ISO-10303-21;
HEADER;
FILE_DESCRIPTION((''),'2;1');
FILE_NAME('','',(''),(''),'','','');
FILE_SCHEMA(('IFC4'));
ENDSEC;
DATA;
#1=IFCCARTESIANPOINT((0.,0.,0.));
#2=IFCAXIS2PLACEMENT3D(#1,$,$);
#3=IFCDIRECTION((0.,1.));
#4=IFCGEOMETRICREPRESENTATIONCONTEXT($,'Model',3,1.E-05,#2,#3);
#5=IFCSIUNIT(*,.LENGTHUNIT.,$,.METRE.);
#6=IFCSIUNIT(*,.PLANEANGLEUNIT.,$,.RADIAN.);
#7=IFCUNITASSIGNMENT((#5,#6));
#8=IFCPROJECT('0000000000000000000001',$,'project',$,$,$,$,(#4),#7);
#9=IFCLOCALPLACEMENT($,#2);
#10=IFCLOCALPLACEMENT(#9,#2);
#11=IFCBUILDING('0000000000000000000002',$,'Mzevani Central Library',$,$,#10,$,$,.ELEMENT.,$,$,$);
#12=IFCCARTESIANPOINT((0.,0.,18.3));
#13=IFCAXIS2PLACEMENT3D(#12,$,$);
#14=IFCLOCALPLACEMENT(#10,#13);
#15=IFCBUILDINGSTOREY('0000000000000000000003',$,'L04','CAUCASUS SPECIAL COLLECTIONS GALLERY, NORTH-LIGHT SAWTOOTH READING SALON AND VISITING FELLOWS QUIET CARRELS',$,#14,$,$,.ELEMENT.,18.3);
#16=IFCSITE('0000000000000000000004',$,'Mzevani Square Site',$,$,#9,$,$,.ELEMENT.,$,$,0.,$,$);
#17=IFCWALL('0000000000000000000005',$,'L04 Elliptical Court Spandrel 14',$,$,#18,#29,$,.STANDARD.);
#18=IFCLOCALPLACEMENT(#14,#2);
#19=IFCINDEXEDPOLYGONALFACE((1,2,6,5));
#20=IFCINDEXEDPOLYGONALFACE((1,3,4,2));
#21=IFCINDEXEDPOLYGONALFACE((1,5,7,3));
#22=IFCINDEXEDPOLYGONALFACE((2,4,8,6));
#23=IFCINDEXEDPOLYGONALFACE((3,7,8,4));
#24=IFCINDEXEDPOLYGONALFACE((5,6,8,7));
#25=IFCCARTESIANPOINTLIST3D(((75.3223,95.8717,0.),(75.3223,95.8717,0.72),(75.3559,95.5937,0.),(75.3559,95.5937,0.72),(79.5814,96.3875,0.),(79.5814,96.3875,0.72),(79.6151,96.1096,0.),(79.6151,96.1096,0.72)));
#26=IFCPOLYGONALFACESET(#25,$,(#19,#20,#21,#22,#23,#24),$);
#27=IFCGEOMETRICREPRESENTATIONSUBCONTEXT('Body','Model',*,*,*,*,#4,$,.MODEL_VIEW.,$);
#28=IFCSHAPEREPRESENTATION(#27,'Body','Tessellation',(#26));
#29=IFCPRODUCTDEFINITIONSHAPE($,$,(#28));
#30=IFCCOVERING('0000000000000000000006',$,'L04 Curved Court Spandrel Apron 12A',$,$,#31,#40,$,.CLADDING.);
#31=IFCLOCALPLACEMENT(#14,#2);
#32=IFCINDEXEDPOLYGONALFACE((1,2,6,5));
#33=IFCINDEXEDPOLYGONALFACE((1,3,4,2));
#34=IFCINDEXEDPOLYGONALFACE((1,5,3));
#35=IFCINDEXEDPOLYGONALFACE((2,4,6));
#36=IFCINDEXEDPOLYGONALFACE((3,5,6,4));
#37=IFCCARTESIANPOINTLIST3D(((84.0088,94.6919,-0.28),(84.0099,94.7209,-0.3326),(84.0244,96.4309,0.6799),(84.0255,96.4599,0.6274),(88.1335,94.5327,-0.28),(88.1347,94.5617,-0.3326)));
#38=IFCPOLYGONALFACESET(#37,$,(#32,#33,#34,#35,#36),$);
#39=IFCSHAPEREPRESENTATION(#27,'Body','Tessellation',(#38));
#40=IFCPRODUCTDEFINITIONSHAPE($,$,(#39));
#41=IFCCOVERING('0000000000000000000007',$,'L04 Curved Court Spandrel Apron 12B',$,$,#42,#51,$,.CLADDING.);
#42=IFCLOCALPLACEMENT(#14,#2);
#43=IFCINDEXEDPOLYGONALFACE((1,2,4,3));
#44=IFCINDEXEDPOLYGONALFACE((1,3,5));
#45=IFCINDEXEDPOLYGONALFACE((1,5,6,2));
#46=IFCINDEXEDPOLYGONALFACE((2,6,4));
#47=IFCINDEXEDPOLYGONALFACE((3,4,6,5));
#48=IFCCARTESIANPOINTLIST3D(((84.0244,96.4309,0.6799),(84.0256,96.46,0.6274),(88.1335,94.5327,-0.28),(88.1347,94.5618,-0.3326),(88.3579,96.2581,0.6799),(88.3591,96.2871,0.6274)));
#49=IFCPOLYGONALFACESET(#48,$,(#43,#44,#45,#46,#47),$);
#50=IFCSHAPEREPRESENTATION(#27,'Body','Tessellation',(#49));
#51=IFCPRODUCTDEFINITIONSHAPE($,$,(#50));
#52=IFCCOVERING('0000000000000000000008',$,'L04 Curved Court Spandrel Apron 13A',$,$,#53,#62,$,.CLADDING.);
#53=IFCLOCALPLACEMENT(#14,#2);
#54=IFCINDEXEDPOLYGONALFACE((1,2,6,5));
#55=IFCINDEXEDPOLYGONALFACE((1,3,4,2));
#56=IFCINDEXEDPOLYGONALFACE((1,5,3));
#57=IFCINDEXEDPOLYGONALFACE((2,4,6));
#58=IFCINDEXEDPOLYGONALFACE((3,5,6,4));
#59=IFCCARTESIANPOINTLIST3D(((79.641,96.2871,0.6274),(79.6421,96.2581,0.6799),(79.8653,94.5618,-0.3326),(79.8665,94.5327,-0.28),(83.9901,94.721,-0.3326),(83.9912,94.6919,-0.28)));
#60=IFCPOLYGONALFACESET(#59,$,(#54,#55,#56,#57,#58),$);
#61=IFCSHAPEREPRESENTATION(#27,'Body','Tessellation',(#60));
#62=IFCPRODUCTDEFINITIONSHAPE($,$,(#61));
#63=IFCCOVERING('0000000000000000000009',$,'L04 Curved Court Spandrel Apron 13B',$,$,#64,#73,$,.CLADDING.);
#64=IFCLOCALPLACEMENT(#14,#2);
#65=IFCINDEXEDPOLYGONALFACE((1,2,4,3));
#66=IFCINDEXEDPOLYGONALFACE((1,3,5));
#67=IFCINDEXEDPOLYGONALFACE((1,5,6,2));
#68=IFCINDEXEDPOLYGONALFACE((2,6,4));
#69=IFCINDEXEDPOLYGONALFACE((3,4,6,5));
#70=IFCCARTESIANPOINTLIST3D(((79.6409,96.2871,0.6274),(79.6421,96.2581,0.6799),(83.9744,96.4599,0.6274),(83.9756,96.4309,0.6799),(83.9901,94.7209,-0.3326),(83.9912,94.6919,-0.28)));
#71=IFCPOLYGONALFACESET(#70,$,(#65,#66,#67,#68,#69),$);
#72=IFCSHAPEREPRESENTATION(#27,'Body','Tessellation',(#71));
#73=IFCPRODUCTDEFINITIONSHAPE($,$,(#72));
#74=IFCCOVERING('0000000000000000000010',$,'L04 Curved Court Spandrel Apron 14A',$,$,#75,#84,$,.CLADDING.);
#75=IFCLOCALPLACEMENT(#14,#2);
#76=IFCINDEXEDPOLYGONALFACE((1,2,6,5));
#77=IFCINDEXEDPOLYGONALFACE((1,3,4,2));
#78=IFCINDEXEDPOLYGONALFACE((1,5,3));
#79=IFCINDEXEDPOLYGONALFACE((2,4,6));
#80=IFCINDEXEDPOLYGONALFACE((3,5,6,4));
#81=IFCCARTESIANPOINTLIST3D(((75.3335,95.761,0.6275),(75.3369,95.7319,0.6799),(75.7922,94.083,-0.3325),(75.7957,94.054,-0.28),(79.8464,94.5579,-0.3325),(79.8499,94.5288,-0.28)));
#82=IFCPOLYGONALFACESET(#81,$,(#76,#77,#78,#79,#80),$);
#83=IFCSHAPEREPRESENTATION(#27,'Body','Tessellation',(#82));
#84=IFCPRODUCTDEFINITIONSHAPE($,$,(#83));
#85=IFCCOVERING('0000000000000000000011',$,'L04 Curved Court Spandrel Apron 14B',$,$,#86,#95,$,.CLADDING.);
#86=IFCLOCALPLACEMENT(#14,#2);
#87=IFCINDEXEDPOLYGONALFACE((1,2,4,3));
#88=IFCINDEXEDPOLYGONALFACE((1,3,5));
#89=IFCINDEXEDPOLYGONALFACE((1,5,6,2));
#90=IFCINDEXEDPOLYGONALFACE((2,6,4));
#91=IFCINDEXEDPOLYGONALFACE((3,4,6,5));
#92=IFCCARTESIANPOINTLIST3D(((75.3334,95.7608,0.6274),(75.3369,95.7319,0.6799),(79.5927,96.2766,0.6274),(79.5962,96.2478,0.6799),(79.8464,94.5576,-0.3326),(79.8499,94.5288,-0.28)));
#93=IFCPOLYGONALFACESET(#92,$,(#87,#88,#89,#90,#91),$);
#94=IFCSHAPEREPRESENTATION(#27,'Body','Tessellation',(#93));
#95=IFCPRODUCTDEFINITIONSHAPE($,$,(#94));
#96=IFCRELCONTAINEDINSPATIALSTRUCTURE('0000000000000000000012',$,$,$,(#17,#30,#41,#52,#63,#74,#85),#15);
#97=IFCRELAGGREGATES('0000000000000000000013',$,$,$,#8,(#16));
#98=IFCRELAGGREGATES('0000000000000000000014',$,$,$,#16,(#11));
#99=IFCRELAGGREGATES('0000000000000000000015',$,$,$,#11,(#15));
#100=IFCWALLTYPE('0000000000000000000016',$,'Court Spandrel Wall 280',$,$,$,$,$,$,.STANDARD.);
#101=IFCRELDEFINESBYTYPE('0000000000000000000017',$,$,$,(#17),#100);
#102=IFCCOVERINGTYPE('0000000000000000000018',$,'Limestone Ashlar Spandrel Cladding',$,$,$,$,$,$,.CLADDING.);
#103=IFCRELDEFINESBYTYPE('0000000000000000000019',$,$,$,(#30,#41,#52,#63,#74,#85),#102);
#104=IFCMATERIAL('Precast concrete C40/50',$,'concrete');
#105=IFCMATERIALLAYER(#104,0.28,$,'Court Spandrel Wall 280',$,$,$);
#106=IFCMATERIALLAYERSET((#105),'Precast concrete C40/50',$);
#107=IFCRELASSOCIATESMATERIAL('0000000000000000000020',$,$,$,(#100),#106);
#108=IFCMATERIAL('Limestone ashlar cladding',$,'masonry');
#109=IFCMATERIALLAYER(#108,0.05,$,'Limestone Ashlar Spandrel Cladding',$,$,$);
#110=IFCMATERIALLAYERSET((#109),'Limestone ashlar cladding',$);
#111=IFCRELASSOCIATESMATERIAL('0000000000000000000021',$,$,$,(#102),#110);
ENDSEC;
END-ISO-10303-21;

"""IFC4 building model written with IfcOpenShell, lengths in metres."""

from ifc_helpers import new_model, si_unit, direction, frame, frame_2d, origin, place, context, subcontext, project, spatial, polyline, rectangle, outline, extrude, material, layer, layer_set, type_object, element, save


model = new_model("IFC4")

# Units and contexts
model_context = context("Model", 3, precision=1e-05, world=origin(), true_north=direction((0.0, 1.0)))
body_context = subcontext(model_context, "Body", "Model", "MODEL_VIEW")
ifc_project = project(units=[si_unit("LENGTHUNIT", "METRE"), si_unit("PLANEANGLEUNIT", "RADIAN")], contexts=[model_context])

# Site, building, storey
site_placement = place(None, origin())
site = spatial("IfcSite", under=ifc_project, at=site_placement, Name="Mzevani Square Site", CompositionType="ELEMENT", RefElevation=0.0)
building_placement = place(site_placement, origin())
building = spatial("IfcBuilding", under=site, at=building_placement, Name="Mzevani Central Library", CompositionType="ELEMENT")
storey_placement = place(building_placement, frame((0.0, 0.0, 18.3)))
storey = spatial("IfcBuildingStorey", under=building, at=storey_placement, Name="L04", Description="CAUCASUS SPECIAL COLLECTIONS GALLERY, NORTH-LIGHT SAWTOOTH READING SALON AND VISITING FELLOWS QUIET CARRELS", CompositionType="ELEMENT", Elevation=18.3)

# Wall
ifc_material_1 = material(Name="Precast concrete C40/50", Category="concrete")
ifc_layer_1 = layer(ifc_material_1, 0.28, Name="Court Spandrel Wall 280")
ifc_layer_set_1 = layer_set([ifc_layer_1], Name="Precast concrete C40/50")
wall_type = type_object("IfcWallType", Name="Court Spandrel Wall 280", PredefinedType="STANDARD", material=ifc_layer_set_1)
wall_1_placement = place(storey_placement, frame((79.5981, 96.2485, 0.0), z_axis=(0.0, 0.0, 1.0), x_axis=(-0.992745, -0.120238, 0.0)))
element("IfcWall", 1, at=wall_1_placement, inside=storey, type_object=wall_type, Name="L04 Elliptical Court Spandrel 14", PredefinedType="STANDARD", context=body_context, shape_type="SweptSolid", body=[
    extrude(rectangle(XDim=4.2903, YDim=0.28, at=frame_2d((2.145, 0.0))), origin(), (0.0, 0.0, 1.0), 0.72),
])

# Coverings
ifc_material_2 = material(Name="Limestone ashlar cladding", Category="masonry")
ifc_layer_2 = layer(ifc_material_2, 0.05, Name="Limestone Ashlar Spandrel Cladding")
ifc_layer_set_2 = layer_set([ifc_layer_2], Name="Limestone ashlar cladding")
covering_type = type_object("IfcCoveringType", Name="Limestone Ashlar Spandrel Cladding", PredefinedType="CLADDING", material=ifc_layer_set_2)
covering_1_placement = place(storey_placement, frame((88.1335, 94.5327, -0.28), z_axis=(-0.018642, -0.48306, 0.875389), x_axis=(-0.999256, 0.038563, 0.0)))
element("IfcCovering", 2, at=covering_1_placement, inside=storey, type_object=covering_type, Name="L04 Curved Court Spandrel Apron 12A", PredefinedType="CLADDING", context=body_context, shape_type="SweptSolid", body=[
    extrude(outline(polyline([(0.0, 0.0), (4.1278, 0.0), (4.1793, -1.9858), (0.0, 0.0)])), origin(), (0.0, 0.0, -1.0), 0.0601),
])
covering_2_placement = place(storey_placement, frame((88.1335, 94.5327, -0.28), z_axis=(-0.019313, -0.48419, 0.87475), x_axis=(-0.888067, 0.410238, 0.207467)))
element("IfcCovering", 3, at=covering_2_placement, inside=storey, type_object=covering_type, Name="L04 Curved Court Spandrel Apron 12B", PredefinedType="CLADDING", context=body_context, shape_type="SweptSolid", body=[
    extrude(outline(polyline([(0.0, 0.0), (4.6271, 0.0), (0.7077, -1.8568), (0.0, 0.0)])), origin(), (0.0, 0.0, -1.0), 0.0601),
])
covering_3_placement = place(storey_placement, frame((83.9912, 94.6919, -0.28), z_axis=(0.018688, -0.484258, 0.874726), x_axis=(-0.999256, -0.038563, 0.0)))
element("IfcCovering", 4, at=covering_3_placement, inside=storey, type_object=covering_type, Name="L04 Curved Court Spandrel Apron 13A", PredefinedType="CLADDING", context=body_context, shape_type="SweptSolid", body=[
    extrude(outline(polyline([(0.0, 0.0), (4.1278, 0.0), (4.2855, -1.9809), (0.0, 0.0)])), origin(), (0.0, 0.0, -1.0), 0.0601),
])
covering_4_placement = place(storey_placement, frame((83.9912, 94.6919, -0.28), z_axis=(0.019268, -0.48305, 0.875381), x_axis=(-0.9212, 0.331733, 0.203332)))
element("IfcCovering", 5, at=covering_4_placement, inside=storey, type_object=covering_type, Name="L04 Curved Court Spandrel Apron 13B", PredefinedType="CLADDING", context=body_context, shape_type="SweptSolid", body=[
    extrude(outline(polyline([(0.0, 0.0), (4.7211, 0.0), (0.7865, -1.8241), (0.0, 0.0)])), origin(), (0.0, 0.0, -1.0), 0.0601),
])
covering_5_placement = place(storey_placement, frame((79.8499, 94.5288, -0.28), z_axis=(0.056695, -0.484053, 0.8732), x_axis=(-0.99321, -0.116331, 0.0)))
element("IfcCovering", 6, at=covering_5_placement, inside=storey, type_object=covering_type, Name="L04 Curved Court Spandrel Apron 14A", PredefinedType="CLADDING", context=body_context, shape_type="SweptSolid", body=[
    extrude(outline(polyline([(0.0, 0.0), (4.0819, 0.0), (4.3423, -1.9697), (0.0, 0.0)])), origin(), (0.0, 0.0, -1.0), 0.0601),
])
covering_6_placement = place(storey_placement, frame((79.8499, 94.5288, -0.28), z_axis=(0.058159, -0.480187, 0.875236), x_axis=(-0.946468, 0.252323, 0.201326)))
element("IfcCovering", 7, at=covering_6_placement, inside=storey, type_object=covering_type, Name="L04 Curved Court Spandrel Apron 14B", PredefinedType="CLADDING", context=body_context, shape_type="SweptSolid", body=[
    extrude(outline(polyline([(0.0, 0.0), (4.7682, 0.0), (0.8671, -1.7858), (0.0, 0.0)])), origin(), (0.0, 0.0, -1.0), 0.0601),
])

save(model, "model.ifc")
